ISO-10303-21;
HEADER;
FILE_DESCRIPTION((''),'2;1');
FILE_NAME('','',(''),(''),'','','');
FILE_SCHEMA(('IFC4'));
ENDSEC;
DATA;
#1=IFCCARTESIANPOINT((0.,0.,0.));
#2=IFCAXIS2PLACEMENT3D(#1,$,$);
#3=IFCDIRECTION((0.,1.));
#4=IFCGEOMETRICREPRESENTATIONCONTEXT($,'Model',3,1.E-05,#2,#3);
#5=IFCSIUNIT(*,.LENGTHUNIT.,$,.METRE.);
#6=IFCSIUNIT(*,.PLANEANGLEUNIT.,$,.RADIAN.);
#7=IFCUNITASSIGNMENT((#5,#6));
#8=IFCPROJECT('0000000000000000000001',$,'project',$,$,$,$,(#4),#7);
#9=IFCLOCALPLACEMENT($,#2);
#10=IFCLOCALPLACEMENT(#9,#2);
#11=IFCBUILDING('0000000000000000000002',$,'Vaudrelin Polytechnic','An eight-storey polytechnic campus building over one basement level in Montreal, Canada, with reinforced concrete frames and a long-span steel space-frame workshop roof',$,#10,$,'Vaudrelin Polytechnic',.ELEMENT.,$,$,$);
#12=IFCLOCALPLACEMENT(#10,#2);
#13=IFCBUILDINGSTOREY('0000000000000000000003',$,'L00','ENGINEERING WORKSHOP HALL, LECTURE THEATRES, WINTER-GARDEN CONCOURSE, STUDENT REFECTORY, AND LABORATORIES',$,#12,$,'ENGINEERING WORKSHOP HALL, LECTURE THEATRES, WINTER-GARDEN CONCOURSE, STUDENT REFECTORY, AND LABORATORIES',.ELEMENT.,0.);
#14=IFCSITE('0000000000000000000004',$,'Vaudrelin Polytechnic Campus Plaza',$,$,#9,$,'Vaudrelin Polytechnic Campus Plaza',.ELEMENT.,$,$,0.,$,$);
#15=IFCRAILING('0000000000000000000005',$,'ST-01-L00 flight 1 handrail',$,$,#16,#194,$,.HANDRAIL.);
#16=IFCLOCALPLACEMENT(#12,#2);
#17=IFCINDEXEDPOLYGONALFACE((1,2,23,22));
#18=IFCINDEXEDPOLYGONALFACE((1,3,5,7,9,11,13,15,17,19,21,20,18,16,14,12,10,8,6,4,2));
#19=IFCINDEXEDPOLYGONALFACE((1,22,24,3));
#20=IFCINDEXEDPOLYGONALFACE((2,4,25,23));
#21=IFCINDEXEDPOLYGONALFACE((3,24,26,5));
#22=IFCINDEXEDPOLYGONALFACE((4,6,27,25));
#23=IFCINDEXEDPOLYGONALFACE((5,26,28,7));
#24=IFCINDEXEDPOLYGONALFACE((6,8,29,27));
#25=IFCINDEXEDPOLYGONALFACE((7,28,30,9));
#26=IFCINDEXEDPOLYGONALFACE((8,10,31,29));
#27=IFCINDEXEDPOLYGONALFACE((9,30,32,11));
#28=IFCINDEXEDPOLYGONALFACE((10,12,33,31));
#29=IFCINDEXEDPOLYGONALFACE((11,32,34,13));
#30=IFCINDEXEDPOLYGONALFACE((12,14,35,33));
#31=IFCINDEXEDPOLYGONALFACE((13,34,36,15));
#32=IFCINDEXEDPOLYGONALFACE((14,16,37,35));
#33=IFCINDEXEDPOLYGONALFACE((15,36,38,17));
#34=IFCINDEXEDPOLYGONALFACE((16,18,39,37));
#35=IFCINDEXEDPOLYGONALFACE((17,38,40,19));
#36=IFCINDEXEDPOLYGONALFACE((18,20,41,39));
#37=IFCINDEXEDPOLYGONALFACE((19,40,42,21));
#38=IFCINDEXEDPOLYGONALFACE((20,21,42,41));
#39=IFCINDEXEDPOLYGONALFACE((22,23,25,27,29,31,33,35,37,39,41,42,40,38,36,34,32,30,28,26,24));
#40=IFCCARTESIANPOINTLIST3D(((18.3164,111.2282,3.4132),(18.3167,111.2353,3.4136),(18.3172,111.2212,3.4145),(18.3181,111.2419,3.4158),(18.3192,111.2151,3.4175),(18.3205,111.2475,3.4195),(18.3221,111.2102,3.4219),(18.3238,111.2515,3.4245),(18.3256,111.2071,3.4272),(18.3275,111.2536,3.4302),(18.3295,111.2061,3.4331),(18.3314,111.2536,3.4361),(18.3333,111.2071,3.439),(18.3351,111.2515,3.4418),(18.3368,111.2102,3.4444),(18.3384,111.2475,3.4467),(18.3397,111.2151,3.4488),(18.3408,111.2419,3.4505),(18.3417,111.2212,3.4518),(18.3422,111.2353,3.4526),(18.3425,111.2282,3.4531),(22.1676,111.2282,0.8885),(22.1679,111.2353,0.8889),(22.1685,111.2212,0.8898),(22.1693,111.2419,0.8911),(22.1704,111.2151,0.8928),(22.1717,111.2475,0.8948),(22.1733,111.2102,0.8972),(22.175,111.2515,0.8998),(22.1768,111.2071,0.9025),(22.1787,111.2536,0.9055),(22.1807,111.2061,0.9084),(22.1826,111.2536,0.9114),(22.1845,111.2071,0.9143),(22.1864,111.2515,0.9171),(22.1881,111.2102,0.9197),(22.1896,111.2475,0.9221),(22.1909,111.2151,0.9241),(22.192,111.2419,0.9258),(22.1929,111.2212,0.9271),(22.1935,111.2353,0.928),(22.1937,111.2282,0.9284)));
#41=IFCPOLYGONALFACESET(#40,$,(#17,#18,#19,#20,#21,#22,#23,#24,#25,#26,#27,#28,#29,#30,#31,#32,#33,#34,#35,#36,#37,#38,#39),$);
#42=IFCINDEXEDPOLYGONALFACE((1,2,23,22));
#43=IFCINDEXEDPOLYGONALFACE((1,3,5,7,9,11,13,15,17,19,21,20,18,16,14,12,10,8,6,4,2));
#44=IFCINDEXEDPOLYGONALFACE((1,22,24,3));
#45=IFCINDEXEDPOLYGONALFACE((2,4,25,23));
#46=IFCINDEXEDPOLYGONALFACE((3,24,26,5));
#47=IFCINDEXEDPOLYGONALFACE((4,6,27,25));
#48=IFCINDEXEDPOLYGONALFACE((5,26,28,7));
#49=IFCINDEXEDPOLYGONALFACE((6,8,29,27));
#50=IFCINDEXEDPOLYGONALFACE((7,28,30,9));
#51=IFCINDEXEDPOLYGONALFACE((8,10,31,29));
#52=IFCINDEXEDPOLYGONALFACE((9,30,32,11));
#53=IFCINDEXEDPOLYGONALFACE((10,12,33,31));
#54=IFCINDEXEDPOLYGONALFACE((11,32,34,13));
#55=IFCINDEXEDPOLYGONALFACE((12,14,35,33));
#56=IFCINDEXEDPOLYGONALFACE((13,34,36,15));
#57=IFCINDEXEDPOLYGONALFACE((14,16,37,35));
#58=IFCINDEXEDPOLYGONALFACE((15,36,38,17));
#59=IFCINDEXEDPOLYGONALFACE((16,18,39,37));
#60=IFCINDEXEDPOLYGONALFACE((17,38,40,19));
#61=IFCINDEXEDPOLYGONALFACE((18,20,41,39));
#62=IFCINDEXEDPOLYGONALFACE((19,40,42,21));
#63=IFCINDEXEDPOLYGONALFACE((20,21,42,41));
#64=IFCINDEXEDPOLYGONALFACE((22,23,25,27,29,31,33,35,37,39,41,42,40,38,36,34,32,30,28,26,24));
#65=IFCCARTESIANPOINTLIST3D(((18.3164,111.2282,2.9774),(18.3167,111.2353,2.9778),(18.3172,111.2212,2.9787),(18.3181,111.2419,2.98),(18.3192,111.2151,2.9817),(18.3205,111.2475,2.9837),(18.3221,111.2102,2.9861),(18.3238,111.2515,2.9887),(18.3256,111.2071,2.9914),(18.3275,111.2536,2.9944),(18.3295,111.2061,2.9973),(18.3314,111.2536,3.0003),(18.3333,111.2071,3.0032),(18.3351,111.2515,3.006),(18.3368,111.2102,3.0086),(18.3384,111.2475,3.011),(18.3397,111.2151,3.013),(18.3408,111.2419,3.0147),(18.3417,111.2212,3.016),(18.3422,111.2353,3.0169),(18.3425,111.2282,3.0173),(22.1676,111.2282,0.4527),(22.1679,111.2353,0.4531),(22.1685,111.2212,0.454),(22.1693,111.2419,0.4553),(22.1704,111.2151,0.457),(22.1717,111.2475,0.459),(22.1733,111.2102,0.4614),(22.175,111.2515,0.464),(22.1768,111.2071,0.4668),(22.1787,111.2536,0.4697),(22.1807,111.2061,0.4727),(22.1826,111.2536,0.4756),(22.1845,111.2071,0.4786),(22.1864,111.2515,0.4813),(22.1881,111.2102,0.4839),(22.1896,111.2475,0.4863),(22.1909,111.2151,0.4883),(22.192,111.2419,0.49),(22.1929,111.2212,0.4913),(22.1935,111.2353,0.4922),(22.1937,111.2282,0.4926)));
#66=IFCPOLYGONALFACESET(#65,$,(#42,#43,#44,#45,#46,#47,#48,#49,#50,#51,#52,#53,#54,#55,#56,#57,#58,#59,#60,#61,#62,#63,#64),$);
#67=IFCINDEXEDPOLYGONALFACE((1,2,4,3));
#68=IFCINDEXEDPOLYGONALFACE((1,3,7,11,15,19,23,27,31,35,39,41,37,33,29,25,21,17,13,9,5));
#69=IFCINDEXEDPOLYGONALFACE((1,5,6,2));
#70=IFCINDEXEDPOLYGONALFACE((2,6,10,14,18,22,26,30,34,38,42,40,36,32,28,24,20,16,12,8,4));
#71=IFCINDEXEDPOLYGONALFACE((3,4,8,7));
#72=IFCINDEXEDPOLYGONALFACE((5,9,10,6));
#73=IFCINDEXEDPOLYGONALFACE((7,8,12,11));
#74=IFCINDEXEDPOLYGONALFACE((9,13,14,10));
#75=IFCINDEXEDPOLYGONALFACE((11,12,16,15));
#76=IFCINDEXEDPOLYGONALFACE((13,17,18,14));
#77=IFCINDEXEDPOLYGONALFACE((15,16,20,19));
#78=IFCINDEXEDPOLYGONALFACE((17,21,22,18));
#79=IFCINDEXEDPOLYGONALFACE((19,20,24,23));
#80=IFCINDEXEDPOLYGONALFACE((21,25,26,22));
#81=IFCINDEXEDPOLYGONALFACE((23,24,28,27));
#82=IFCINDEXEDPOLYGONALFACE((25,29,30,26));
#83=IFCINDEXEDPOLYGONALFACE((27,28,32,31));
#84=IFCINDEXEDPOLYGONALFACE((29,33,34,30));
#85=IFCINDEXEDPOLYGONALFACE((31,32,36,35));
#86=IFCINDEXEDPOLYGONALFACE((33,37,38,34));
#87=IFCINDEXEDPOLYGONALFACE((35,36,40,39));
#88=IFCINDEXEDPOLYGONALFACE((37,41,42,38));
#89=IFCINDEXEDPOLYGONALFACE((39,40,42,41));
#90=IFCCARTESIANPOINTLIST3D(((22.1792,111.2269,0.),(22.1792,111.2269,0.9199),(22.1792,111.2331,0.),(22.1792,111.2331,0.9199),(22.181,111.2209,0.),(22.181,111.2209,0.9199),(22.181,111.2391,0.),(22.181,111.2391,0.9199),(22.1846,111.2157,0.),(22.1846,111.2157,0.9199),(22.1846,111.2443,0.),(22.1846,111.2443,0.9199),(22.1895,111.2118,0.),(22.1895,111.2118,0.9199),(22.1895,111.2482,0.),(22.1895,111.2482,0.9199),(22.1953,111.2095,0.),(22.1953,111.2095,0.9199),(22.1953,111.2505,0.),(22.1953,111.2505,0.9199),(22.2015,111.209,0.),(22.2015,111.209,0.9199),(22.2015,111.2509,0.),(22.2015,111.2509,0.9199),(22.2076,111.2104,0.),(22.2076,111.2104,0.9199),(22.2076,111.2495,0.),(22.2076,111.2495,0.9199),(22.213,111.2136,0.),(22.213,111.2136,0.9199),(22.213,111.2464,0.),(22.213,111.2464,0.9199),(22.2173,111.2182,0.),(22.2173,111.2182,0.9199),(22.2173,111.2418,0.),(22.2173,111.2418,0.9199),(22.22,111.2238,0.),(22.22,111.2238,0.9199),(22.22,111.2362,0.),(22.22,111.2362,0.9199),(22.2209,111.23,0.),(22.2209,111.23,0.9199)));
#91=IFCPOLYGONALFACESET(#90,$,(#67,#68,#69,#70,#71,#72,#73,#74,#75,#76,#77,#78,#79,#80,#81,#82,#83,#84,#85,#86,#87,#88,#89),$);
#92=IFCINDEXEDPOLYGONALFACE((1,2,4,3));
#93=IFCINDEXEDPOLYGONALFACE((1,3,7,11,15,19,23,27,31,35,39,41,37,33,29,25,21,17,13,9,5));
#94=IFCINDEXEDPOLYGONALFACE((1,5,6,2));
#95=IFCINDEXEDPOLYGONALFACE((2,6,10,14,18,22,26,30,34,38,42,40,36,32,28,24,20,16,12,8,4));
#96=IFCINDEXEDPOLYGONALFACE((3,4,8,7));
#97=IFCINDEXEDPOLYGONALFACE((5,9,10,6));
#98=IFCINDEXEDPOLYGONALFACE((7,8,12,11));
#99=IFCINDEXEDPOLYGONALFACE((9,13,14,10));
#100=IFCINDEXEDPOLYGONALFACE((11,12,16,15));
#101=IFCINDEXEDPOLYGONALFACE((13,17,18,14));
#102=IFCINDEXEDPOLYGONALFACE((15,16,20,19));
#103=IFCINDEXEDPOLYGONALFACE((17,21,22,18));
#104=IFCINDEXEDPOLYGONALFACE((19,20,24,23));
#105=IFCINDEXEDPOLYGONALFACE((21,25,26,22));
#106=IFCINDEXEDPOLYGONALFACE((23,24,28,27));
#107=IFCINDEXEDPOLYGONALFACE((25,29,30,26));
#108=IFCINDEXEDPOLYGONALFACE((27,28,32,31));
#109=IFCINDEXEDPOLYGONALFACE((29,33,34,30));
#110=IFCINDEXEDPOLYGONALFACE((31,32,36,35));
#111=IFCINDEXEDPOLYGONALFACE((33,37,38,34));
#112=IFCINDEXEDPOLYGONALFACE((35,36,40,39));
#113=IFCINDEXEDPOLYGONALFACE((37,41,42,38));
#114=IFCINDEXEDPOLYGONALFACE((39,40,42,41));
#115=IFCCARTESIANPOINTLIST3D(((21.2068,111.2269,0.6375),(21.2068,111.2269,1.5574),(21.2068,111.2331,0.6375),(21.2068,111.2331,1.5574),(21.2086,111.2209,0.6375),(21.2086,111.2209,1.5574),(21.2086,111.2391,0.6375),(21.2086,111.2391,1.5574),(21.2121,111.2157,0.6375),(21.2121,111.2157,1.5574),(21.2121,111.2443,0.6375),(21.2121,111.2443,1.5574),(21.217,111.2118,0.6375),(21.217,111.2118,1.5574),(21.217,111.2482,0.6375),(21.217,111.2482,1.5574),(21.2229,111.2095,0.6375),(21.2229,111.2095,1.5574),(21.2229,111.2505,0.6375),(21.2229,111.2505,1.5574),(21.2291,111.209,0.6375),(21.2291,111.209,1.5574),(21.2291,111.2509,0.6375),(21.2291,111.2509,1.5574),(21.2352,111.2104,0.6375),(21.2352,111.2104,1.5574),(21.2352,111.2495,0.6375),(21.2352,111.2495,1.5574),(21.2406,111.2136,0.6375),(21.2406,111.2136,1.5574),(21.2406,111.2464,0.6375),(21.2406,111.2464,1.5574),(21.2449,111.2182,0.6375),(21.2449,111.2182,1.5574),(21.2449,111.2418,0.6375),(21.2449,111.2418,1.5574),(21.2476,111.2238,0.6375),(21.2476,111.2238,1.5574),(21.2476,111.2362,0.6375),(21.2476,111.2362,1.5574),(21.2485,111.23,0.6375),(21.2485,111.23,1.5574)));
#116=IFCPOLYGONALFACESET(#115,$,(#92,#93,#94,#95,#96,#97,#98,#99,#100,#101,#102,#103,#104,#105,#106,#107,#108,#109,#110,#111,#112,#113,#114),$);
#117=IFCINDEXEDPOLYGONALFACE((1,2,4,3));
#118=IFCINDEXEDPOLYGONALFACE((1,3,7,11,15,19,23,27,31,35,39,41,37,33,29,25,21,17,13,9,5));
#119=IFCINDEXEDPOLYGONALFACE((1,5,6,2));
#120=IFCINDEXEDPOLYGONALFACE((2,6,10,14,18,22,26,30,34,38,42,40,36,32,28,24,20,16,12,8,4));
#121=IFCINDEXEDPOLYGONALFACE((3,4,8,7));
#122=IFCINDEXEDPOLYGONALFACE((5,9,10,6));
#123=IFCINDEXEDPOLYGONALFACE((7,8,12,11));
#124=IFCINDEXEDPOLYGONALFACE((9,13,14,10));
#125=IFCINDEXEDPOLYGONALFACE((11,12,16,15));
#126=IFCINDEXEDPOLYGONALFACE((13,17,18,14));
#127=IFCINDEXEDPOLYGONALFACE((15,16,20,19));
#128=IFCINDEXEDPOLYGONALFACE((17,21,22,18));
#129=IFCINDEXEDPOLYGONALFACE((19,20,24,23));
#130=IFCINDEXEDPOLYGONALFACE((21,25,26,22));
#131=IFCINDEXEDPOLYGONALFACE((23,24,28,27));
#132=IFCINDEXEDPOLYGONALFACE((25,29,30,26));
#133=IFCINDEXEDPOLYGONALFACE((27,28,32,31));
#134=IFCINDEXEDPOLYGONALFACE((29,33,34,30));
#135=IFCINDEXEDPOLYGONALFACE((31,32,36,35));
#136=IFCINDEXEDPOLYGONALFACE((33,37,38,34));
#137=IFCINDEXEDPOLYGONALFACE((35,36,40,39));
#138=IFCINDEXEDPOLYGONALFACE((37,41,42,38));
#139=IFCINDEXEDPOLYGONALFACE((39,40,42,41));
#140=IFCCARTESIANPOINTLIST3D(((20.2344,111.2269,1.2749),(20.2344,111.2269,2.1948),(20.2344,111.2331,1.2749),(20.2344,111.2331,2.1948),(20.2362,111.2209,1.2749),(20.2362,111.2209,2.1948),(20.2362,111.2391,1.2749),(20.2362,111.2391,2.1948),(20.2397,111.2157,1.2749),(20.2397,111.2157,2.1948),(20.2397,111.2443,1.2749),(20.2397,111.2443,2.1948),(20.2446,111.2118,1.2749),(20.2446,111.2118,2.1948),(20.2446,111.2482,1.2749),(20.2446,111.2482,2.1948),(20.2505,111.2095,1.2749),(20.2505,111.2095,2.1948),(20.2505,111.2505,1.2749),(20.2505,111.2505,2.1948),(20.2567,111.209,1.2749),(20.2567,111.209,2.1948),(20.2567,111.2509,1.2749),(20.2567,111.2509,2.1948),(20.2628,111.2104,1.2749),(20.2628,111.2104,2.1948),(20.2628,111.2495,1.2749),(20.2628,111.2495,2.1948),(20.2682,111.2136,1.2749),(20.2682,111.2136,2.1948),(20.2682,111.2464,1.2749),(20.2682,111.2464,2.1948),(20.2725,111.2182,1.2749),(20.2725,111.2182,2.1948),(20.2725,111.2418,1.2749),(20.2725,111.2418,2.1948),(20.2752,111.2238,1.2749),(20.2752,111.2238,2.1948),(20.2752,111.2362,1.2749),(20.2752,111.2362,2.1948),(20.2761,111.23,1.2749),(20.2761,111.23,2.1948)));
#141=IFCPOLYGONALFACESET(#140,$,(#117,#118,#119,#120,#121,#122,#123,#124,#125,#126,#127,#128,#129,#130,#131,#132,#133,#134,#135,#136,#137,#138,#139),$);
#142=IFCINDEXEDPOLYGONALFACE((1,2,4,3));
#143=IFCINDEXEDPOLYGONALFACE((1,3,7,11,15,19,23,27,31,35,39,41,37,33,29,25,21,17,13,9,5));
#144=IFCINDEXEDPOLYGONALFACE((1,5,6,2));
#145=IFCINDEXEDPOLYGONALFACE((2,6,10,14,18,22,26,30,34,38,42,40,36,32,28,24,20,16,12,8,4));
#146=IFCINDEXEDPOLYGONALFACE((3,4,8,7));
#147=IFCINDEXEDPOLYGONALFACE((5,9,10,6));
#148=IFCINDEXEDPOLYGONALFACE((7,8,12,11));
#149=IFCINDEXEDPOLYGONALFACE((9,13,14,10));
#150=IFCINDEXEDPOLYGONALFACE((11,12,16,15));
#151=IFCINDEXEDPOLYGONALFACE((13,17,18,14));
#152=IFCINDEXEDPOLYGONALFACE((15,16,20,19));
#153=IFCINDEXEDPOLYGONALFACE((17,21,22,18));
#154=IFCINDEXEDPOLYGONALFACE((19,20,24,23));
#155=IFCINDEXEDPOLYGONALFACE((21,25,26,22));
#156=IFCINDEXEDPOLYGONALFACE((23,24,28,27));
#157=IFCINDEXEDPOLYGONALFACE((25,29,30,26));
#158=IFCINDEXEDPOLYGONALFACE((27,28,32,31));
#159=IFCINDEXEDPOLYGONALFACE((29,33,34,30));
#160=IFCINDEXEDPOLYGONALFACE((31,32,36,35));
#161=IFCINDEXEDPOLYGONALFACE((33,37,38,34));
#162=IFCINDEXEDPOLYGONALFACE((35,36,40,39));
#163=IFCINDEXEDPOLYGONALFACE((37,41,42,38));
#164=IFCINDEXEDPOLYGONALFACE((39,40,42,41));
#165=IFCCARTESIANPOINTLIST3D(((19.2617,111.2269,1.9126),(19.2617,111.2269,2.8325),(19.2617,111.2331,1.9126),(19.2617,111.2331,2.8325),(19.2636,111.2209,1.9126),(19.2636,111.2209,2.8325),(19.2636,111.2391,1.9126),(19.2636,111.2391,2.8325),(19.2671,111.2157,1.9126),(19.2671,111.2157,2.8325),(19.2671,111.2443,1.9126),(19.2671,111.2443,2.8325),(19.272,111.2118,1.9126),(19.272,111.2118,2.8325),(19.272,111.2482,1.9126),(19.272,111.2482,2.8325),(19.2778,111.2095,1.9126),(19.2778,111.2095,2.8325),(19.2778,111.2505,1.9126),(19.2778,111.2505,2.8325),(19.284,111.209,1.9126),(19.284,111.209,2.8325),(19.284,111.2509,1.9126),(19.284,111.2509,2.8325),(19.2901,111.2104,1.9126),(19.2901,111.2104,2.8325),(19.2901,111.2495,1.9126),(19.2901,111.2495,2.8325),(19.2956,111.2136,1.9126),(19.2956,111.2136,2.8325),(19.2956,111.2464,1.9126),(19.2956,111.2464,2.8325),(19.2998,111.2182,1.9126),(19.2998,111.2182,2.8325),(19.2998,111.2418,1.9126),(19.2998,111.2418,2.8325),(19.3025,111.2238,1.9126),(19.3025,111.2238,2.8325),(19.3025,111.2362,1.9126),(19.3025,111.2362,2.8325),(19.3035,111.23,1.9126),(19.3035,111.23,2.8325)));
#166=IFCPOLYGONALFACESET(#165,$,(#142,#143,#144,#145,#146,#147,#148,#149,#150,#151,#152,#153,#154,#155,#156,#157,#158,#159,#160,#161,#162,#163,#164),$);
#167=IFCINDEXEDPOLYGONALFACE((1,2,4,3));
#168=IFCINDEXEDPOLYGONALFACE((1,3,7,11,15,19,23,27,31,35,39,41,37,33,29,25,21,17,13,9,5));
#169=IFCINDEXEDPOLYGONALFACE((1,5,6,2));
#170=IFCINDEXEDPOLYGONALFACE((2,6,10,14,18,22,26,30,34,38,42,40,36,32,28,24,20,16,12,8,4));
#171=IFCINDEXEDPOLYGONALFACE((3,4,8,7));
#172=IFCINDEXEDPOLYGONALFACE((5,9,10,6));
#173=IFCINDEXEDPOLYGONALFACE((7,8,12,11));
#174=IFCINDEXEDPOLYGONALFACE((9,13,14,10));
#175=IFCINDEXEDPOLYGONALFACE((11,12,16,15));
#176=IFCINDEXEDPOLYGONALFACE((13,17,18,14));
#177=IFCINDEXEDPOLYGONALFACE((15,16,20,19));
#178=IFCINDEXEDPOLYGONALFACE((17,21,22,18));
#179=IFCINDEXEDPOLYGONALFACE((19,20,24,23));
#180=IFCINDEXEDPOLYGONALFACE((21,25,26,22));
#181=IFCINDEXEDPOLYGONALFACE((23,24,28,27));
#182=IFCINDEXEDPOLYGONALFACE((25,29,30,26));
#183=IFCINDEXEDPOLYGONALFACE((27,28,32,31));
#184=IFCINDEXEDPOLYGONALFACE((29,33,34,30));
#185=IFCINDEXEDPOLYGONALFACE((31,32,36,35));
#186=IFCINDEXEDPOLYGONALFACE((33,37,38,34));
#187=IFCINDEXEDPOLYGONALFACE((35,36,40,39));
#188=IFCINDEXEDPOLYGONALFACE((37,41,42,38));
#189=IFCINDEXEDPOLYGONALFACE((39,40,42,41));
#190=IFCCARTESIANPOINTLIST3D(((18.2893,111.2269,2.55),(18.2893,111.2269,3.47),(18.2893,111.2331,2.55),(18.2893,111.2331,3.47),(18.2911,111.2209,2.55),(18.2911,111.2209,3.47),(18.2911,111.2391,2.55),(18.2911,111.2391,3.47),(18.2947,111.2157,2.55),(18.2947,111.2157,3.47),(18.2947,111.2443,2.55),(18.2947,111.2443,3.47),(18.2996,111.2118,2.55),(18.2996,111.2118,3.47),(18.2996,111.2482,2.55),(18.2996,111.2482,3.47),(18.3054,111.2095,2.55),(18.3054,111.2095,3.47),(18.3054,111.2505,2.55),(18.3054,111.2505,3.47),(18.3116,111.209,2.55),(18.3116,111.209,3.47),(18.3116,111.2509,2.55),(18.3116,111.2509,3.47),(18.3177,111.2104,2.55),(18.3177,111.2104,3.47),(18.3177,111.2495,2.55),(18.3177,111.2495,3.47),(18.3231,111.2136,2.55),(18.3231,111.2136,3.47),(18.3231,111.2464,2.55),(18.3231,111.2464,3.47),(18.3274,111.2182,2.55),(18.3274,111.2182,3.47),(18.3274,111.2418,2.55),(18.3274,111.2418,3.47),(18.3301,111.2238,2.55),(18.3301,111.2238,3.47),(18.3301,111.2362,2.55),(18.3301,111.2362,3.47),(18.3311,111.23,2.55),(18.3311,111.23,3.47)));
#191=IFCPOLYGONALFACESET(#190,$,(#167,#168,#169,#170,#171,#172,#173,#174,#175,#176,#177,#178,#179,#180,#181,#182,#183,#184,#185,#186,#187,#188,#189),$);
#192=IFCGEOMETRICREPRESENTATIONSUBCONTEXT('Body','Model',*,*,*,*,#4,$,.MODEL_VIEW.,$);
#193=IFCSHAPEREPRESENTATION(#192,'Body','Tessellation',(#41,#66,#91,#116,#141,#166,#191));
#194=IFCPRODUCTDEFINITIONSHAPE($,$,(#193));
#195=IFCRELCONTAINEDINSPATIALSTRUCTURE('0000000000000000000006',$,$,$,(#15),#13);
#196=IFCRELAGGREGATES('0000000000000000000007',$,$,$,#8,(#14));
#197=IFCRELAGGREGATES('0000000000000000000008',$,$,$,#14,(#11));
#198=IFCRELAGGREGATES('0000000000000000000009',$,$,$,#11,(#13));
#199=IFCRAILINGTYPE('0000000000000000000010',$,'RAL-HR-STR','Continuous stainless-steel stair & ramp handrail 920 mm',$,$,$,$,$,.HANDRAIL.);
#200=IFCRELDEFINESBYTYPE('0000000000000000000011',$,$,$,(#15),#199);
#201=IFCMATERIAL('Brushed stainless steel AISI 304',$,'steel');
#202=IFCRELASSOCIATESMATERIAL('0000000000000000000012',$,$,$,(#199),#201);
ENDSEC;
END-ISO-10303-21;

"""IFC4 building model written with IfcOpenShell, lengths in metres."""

from ifc_helpers import new_model, si_unit, direction, frame, origin, origin_2d, place, context, subcontext, project, spatial, circle, extrude, material, type_object, element, save


model = new_model("IFC4")

# Units and contexts
model_context = context("Model", 3, precision=1e-05, world=origin(), true_north=direction((0.0, 1.0)))
body_context = subcontext(model_context, "Body", "Model", "MODEL_VIEW")
ifc_project = project(units=[si_unit("LENGTHUNIT", "METRE"), si_unit("PLANEANGLEUNIT", "RADIAN")], contexts=[model_context])

# Site, building, storey
site_placement = place(None, origin())
site = spatial("IfcSite", under=ifc_project, at=site_placement, Name="Vaudrelin Polytechnic Campus Plaza", LongName="Vaudrelin Polytechnic Campus Plaza", CompositionType="ELEMENT", RefElevation=0.0)
building_placement = place(site_placement, origin())
building = spatial("IfcBuilding", under=site, at=building_placement, Name="Vaudrelin Polytechnic", Description="An eight-storey polytechnic campus building over one basement level in Montreal, Canada, with reinforced concrete frames and a long-span steel space-frame workshop roof", LongName="Vaudrelin Polytechnic", CompositionType="ELEMENT")
storey_placement = place(building_placement, origin())
storey = spatial("IfcBuildingStorey", under=building, at=storey_placement, Name="L00", Description="ENGINEERING WORKSHOP HALL, LECTURE THEATRES, WINTER-GARDEN CONCOURSE, STUDENT REFECTORY, AND LABORATORIES", LongName="ENGINEERING WORKSHOP HALL, LECTURE THEATRES, WINTER-GARDEN CONCOURSE, STUDENT REFECTORY, AND LABORATORIES", CompositionType="ELEMENT", Elevation=0.0)

# Railing
ifc_material_1 = material(Name="Brushed stainless steel AISI 304", Category="steel")
railing_type_1 = type_object("IfcRailingType", Name="RAL-HR-STR", Description="Continuous stainless-steel stair & ramp handrail 920 mm", PredefinedType="HANDRAIL", material=ifc_material_1)
railing_1_placement = place(storey_placement, frame((22.2, 111.23, 0.0)))
element("IfcRailing", 1, at=railing_1_placement, inside=storey, type_object=railing_type_1, Name="ST-01-L00 flight 1 handrail", PredefinedType="HANDRAIL", context=body_context, shape_type="SweptSolid", body=[
    extrude(circle(Radius=0.0239, at=origin_2d()), frame((-0.0193, 0.0, 0.9084), z_axis=(-0.836313, 0.0, 0.548252), x_axis=(0.0, -1.0, 0.0)), (0.0, 0.0, 1.0), 4.605),
    extrude(circle(Radius=0.0239, at=origin_2d()), frame((-0.0193, 0.0, 0.4727), z_axis=(-0.836313, 0.0, 0.548252), x_axis=(0.0, -1.0, 0.0)), (0.0, 0.0, 1.0), 4.605),
    extrude(circle(Radius=0.021, at=origin_2d()), origin(), (0.0, 0.0, 1.0), 0.9199),
    extrude(circle(Radius=0.021, at=origin_2d()), frame((-0.9724, 0.0, 0.6375)), (0.0, 0.0, 1.0), 0.9199),
    extrude(circle(Radius=0.021, at=origin_2d()), frame((-1.9448, 0.0, 1.2749)), (0.0, 0.0, 1.0), 0.9199),
    extrude(circle(Radius=0.021, at=origin_2d()), frame((-2.9175, 0.0, 1.9126)), (0.0, 0.0, 1.0), 0.9199),
    extrude(circle(Radius=0.021, at=origin_2d()), frame((-3.8899, 0.0, 2.55)), (0.0, 0.0, 1.0), 0.9199),
])

save(model, "model.ifc")
